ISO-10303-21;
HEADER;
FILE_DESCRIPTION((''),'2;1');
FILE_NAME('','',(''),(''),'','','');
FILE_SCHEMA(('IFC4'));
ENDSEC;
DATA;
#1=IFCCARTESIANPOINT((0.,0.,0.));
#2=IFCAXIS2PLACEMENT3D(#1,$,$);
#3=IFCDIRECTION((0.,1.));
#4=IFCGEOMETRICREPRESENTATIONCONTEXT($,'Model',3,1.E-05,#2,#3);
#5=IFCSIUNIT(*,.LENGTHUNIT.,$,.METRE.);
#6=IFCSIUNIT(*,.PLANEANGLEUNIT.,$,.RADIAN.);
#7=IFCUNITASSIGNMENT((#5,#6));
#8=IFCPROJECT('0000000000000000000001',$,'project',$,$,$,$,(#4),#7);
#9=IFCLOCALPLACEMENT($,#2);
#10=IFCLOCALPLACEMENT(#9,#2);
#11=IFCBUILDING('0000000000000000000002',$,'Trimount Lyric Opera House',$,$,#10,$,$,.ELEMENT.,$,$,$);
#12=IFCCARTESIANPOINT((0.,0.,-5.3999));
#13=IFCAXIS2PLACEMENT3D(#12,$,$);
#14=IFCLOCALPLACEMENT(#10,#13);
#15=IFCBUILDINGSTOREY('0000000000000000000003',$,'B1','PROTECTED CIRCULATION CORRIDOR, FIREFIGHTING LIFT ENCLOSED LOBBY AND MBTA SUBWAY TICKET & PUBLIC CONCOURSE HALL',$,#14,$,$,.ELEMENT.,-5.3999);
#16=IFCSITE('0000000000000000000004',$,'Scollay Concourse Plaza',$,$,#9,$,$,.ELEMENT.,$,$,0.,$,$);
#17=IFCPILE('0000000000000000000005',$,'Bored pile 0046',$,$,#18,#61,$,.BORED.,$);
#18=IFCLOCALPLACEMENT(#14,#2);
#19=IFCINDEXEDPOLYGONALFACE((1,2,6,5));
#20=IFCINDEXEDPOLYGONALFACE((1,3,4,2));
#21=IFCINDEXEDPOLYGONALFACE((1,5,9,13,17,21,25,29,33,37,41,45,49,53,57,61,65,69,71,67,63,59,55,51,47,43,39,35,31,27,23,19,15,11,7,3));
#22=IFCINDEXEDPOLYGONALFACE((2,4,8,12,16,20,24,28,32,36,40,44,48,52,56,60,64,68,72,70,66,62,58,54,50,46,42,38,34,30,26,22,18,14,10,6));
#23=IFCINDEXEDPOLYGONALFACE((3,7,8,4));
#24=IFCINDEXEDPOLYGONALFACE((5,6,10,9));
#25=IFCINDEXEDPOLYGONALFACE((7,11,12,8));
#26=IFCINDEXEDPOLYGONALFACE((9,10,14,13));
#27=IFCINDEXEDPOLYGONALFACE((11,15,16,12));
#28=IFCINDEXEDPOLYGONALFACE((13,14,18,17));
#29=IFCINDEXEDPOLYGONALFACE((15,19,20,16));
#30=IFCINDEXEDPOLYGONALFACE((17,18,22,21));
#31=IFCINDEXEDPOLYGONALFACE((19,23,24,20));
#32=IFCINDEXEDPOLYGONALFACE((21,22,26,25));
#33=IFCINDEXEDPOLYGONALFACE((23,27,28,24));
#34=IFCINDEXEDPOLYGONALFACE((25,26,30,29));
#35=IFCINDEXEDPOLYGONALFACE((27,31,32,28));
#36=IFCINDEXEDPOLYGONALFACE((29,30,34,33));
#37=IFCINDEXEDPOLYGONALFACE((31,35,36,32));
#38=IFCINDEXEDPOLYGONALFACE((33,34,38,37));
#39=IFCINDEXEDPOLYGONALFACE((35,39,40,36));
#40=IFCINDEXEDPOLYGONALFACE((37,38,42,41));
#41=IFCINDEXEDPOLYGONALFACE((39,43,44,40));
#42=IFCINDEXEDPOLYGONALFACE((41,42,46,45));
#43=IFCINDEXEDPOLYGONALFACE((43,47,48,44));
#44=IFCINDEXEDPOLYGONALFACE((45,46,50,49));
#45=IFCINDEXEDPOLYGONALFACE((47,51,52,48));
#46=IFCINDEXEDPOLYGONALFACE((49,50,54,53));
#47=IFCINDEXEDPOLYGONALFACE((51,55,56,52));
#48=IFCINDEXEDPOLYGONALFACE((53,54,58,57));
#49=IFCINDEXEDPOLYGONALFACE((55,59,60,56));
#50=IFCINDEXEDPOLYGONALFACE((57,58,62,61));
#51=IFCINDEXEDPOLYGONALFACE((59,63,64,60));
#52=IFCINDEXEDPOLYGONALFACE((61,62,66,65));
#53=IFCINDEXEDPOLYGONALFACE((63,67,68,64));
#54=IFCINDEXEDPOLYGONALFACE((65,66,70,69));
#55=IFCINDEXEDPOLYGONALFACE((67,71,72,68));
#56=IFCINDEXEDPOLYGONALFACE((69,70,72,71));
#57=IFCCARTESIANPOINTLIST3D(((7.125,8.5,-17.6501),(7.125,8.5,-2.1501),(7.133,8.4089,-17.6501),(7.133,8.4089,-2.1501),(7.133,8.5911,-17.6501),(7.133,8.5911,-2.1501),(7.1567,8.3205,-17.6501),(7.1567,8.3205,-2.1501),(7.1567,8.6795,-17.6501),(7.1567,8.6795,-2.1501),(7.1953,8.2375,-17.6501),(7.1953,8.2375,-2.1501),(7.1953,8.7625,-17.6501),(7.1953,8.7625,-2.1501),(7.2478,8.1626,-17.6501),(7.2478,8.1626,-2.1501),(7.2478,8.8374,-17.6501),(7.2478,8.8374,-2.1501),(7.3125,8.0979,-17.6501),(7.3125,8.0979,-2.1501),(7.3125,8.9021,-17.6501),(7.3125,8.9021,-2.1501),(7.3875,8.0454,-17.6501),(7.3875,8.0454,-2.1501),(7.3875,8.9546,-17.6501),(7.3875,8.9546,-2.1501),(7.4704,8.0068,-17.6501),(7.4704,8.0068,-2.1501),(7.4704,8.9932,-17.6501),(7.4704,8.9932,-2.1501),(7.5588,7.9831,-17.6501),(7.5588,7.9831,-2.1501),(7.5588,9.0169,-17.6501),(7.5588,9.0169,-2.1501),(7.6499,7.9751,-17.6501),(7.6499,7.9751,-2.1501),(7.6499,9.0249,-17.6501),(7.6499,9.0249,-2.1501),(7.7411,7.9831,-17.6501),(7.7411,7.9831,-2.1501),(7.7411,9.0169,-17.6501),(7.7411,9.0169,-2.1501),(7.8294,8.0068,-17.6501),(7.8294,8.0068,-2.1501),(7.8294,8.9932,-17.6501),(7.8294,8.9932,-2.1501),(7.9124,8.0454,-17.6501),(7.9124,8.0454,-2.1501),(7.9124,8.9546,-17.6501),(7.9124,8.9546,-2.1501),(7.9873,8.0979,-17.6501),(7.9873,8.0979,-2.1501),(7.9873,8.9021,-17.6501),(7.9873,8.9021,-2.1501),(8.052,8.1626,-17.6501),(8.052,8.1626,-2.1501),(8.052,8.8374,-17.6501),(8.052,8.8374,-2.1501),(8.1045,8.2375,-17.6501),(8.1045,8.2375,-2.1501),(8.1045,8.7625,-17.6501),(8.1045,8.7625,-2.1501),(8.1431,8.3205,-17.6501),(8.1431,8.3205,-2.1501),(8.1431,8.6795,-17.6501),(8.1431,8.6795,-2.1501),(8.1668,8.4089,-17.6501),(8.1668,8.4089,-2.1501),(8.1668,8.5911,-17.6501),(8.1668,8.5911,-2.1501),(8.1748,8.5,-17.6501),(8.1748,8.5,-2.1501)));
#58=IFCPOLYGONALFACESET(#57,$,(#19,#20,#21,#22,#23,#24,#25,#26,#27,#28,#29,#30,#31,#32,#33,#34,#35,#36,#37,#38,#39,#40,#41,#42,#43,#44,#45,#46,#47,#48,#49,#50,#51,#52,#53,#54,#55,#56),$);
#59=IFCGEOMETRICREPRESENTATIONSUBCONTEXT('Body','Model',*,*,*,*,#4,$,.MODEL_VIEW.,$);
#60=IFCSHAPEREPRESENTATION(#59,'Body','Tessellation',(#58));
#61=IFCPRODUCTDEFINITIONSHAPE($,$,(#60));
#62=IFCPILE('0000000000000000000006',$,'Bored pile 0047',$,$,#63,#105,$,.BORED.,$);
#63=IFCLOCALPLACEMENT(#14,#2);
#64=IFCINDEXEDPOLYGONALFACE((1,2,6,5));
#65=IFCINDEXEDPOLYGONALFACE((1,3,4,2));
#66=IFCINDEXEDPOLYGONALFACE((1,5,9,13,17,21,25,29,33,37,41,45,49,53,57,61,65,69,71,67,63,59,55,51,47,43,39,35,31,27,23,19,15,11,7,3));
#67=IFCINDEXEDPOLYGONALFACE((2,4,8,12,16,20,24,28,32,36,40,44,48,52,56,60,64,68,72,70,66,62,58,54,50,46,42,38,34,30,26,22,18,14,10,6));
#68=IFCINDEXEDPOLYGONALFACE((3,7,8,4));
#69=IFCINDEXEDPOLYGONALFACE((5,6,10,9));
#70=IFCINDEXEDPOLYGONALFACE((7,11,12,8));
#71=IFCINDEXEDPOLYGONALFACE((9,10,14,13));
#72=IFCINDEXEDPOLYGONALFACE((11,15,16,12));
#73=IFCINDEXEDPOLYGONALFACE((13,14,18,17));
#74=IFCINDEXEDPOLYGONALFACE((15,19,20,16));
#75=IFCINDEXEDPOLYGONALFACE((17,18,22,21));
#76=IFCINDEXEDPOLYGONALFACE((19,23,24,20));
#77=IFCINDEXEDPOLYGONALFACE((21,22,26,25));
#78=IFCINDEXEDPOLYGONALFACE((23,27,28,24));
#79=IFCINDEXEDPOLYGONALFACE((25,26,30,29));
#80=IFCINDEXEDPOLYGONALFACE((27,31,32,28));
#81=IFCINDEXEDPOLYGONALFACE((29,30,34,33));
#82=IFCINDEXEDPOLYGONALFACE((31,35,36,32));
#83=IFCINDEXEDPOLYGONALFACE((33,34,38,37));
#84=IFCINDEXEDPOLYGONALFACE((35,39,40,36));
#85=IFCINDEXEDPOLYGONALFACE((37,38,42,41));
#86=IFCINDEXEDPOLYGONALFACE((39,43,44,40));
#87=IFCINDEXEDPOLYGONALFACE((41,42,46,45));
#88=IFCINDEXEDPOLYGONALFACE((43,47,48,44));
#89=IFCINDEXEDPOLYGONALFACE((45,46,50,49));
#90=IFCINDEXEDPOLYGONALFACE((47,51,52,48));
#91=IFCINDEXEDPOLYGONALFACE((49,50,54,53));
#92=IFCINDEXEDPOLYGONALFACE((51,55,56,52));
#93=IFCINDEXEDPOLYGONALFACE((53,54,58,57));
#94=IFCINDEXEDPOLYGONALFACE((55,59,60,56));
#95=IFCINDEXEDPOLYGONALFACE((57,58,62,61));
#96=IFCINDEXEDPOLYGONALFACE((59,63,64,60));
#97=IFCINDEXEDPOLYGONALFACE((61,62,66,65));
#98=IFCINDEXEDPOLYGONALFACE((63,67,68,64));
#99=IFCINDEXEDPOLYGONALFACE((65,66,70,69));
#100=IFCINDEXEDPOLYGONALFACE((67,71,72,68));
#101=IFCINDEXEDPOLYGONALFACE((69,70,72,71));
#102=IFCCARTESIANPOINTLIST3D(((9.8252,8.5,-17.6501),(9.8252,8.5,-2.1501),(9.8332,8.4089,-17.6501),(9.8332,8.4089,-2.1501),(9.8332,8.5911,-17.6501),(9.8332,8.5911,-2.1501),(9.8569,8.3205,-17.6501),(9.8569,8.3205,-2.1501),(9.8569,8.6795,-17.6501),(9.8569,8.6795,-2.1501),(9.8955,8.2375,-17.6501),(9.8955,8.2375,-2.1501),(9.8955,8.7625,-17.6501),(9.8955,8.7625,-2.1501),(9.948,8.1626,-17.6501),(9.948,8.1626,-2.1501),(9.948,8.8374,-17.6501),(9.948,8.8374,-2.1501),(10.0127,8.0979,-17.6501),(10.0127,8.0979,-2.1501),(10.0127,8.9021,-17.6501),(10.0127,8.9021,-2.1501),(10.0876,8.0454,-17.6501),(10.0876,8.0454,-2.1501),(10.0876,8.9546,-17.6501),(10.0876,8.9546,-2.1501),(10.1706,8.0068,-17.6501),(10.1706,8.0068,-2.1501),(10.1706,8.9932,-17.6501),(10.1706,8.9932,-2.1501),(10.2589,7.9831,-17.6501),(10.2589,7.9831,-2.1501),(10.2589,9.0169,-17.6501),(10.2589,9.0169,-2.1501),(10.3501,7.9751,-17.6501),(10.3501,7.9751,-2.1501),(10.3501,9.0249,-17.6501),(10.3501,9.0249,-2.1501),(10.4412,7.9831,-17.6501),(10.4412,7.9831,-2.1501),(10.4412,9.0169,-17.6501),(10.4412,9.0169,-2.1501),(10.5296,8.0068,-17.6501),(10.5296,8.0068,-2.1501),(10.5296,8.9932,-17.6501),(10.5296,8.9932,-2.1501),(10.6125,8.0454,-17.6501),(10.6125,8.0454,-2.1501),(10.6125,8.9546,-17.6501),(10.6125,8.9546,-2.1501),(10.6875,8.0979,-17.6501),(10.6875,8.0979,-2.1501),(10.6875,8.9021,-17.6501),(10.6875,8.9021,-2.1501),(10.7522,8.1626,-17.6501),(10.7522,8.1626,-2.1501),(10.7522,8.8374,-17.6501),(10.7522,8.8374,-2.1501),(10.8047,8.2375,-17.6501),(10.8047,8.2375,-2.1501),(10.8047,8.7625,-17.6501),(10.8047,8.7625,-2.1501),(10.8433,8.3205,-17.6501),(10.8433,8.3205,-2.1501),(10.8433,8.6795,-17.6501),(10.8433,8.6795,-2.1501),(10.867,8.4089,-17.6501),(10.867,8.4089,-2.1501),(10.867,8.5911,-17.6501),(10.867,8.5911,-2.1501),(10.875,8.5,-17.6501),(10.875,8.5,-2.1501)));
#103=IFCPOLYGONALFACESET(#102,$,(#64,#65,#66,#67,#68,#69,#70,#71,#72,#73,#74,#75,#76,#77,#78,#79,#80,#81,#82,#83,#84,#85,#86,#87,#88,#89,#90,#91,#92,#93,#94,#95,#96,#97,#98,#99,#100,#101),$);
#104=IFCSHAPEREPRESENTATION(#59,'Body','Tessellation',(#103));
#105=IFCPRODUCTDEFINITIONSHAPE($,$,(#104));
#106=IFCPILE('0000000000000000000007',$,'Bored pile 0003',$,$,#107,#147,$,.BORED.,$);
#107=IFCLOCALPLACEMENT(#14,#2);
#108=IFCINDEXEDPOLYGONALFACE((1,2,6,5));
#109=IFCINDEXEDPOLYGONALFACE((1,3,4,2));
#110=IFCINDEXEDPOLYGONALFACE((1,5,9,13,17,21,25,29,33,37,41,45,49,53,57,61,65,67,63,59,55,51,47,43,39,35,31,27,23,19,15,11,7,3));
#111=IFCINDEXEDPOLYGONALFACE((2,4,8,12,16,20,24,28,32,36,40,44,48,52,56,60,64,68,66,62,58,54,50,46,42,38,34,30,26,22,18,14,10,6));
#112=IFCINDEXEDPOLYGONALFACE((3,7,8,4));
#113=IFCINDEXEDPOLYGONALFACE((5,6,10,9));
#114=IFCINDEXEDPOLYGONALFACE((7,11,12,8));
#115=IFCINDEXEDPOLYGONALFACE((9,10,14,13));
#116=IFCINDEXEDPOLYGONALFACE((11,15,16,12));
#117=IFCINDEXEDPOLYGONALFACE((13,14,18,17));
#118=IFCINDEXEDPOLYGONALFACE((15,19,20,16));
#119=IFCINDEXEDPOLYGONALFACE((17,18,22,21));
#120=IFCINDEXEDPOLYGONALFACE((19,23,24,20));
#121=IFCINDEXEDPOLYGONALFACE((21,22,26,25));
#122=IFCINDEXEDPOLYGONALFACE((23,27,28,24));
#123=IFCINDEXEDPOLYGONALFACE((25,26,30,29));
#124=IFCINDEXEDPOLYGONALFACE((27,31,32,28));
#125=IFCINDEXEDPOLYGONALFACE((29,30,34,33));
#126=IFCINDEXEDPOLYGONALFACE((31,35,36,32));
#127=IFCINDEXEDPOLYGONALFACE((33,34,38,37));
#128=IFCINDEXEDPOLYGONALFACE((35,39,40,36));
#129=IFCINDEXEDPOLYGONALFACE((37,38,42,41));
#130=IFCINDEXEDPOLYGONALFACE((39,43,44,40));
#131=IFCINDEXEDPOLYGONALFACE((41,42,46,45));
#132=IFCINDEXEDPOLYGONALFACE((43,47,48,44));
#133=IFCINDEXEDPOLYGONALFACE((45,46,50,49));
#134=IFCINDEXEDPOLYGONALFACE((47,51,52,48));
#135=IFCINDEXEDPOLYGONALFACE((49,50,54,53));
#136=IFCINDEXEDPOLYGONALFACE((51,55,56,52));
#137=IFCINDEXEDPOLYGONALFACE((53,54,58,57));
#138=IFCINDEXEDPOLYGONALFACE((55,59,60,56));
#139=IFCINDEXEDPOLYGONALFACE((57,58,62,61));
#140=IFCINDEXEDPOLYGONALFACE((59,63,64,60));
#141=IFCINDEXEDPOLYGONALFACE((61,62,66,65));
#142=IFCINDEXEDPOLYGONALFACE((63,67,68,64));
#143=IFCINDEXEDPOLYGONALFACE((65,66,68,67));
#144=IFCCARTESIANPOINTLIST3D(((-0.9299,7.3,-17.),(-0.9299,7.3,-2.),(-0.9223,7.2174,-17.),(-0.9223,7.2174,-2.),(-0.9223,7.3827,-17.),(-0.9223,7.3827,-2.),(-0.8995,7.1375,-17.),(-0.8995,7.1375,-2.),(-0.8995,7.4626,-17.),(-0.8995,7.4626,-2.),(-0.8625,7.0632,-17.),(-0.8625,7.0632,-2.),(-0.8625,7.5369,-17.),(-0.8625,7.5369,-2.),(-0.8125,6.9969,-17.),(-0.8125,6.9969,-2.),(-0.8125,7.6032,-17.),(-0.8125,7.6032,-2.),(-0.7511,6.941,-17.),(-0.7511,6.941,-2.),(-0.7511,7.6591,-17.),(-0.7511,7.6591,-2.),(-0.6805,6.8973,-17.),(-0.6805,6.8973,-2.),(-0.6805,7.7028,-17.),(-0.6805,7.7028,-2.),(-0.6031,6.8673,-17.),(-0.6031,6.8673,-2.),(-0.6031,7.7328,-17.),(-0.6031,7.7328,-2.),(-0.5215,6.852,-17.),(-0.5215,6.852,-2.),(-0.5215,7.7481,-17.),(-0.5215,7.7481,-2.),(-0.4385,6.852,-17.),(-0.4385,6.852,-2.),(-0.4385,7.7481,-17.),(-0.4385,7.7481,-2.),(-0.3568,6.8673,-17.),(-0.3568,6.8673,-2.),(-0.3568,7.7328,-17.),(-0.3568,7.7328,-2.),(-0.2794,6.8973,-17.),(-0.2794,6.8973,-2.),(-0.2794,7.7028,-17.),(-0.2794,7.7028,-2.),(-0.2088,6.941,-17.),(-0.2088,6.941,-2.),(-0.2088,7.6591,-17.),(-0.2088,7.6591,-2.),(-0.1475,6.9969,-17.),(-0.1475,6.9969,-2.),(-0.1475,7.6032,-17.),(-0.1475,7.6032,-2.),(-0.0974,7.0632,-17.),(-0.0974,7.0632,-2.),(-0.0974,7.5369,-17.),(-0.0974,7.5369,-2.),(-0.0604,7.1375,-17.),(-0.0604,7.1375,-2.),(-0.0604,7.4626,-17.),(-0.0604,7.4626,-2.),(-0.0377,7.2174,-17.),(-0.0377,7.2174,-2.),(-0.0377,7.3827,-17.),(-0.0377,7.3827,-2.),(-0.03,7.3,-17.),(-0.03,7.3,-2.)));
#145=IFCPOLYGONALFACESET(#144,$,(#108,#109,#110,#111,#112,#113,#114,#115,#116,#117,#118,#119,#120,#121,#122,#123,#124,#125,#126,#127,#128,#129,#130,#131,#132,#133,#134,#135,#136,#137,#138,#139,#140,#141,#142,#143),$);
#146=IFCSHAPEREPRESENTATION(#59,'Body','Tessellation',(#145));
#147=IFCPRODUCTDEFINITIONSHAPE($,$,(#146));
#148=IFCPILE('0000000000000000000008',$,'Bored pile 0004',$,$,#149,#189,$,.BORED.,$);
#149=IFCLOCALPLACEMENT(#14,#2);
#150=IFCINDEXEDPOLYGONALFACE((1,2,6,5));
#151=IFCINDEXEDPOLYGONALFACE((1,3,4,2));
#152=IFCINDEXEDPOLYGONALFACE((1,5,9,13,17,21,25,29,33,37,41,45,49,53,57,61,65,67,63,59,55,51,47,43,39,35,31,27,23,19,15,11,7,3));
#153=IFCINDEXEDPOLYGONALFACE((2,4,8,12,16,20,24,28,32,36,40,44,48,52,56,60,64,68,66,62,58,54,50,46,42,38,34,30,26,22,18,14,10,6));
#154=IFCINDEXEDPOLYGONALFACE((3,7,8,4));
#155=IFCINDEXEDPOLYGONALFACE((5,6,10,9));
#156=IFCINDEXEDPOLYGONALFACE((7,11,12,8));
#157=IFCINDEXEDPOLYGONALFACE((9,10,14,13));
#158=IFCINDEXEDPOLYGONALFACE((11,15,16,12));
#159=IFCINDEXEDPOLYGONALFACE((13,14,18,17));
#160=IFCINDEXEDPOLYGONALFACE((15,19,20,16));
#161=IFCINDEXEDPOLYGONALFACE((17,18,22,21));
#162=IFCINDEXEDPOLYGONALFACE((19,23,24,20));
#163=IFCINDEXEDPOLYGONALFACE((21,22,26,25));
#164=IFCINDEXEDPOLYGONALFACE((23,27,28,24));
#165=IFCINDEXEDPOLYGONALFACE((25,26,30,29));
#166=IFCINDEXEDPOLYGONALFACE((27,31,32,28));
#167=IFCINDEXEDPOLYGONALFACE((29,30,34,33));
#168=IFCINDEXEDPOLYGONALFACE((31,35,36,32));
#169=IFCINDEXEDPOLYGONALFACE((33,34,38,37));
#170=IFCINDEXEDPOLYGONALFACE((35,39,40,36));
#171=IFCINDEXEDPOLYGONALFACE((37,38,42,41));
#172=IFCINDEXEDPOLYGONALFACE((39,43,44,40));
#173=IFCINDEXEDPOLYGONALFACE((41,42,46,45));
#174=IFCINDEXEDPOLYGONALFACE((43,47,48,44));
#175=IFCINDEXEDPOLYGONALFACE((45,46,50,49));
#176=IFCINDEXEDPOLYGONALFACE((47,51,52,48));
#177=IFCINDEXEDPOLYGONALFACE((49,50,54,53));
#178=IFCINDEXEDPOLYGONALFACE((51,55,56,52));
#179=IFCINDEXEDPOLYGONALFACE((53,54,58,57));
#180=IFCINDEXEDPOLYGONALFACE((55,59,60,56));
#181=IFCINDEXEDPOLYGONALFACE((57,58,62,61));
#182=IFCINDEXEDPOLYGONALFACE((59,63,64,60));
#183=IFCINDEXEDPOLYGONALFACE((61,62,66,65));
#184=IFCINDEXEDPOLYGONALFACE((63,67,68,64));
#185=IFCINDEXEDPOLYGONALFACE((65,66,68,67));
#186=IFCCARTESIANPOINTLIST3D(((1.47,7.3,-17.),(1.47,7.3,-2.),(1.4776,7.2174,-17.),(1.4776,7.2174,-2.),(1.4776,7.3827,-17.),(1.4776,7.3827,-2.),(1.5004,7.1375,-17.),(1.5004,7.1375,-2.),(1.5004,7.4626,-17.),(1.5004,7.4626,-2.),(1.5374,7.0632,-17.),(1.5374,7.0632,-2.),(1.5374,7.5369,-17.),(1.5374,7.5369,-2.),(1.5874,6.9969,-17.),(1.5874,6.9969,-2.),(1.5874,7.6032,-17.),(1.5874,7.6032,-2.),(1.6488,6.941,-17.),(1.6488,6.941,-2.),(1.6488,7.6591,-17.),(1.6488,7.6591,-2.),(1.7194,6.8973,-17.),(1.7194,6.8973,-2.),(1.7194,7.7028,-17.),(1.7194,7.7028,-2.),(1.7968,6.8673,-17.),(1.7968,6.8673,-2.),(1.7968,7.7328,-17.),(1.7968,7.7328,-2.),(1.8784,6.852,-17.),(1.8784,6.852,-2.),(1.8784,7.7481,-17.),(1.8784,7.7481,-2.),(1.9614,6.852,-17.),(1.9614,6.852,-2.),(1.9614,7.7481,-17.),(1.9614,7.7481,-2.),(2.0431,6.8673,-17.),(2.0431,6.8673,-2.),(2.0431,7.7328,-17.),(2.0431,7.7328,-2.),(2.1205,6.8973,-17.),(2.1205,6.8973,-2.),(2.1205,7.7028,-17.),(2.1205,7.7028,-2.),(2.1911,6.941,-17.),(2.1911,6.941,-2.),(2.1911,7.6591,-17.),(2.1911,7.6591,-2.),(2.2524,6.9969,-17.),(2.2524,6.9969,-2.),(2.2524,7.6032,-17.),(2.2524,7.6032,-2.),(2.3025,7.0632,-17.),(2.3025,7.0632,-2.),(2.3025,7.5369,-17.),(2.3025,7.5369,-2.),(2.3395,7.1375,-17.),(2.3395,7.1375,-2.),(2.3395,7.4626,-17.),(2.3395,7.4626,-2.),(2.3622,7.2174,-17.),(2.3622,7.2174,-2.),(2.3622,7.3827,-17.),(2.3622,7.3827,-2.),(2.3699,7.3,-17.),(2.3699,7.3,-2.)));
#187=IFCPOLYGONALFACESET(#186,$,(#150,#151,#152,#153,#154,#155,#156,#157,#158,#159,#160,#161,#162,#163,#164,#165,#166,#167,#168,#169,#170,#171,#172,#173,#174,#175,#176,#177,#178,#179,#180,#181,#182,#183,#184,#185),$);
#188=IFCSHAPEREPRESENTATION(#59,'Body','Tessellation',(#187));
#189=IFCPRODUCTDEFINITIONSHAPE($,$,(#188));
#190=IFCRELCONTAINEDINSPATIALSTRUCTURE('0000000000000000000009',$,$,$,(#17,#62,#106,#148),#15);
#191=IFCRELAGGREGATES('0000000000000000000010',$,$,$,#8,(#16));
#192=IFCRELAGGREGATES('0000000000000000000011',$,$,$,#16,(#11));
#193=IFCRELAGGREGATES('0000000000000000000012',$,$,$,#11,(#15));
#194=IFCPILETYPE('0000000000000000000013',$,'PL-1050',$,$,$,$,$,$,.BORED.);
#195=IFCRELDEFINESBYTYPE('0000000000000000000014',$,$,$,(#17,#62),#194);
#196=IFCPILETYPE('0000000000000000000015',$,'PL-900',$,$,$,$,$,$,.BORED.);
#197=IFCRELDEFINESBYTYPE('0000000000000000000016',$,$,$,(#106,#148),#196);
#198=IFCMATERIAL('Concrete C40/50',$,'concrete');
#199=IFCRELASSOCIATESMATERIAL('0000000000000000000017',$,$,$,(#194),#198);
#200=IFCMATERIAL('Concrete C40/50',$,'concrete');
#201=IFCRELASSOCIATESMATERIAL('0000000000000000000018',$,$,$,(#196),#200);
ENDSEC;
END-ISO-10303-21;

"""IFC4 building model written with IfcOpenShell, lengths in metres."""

from ifc_helpers import new_model, si_unit, direction, frame, origin, origin_2d, place, context, subcontext, project, spatial, circle, extrude, material, material_profile, profile_set, type_object, element, save


model = new_model("IFC4")

# Units and contexts
model_context = context("Model", 3, precision=1e-05, world=origin(), true_north=direction((0.0, 1.0)))
body_context = subcontext(model_context, "Body", "Model", "MODEL_VIEW")
ifc_project = project(units=[si_unit("LENGTHUNIT", "METRE"), si_unit("PLANEANGLEUNIT", "RADIAN")], contexts=[model_context])

# Site, building, storey
site_placement = place(None, origin())
site = spatial("IfcSite", under=ifc_project, at=site_placement, Name="Scollay Concourse Plaza", CompositionType="ELEMENT", RefElevation=0.0)
building_placement = place(site_placement, origin())
building = spatial("IfcBuilding", under=site, at=building_placement, Name="Trimount Lyric Opera House", CompositionType="ELEMENT")
storey_placement = place(building_placement, frame((0.0, 0.0, -5.3999)))
storey = spatial("IfcBuildingStorey", under=building, at=storey_placement, Name="B1", Description="PROTECTED CIRCULATION CORRIDOR, FIREFIGHTING LIFT ENCLOSED LOBBY AND MBTA SUBWAY TICKET & PUBLIC CONCOURSE HALL", CompositionType="ELEMENT", Elevation=-5.3999)

# Piles
ifc_material_1 = material(Name="Concrete C40/50", Category="concrete")
ifc_material_profile_1 = material_profile(ifc_material_1, circle(Radius=0.5249, at=origin_2d()), Name="PILE-D1050")
ifc_profile_set_1 = profile_set([ifc_material_profile_1], Name="Concrete C40/50")
pile_type_1 = type_object("IfcPileType", Name="PL-1050", PredefinedType="BORED", material=ifc_profile_set_1)
for number, where, z_axis, x_axis, name in (
    (1, (7.6499, 8.5, -2.1501), (0.0, 0.0, -1.0), (1.0, 0.0, 0.0), "Bored pile 0046"),
    (2, (10.3501, 8.5, -2.1501), (0.0, 0.0, -1.0), (1.0, 0.0, 0.0), "Bored pile 0047"),
):
    element("IfcPile", number, at=place(storey_placement, frame(where, z_axis=z_axis, x_axis=x_axis)), inside=storey, type_object=pile_type_1, Name=name, PredefinedType="BORED", context=body_context, shape_type="SweptSolid", body=[
        extrude(circle(Radius=0.5249, at=origin_2d()), origin(), (0.0, 0.0, 1.0), 15.5),
    ])
ifc_material_2 = material(Name="Concrete C40/50", Category="concrete")
ifc_material_profile_2 = material_profile(ifc_material_2, circle(Radius=0.45, at=origin_2d()), Name="PILE-D900")
ifc_profile_set_2 = profile_set([ifc_material_profile_2], Name="Concrete C40/50")
pile_type_2 = type_object("IfcPileType", Name="PL-900", PredefinedType="BORED", material=ifc_profile_set_2)
for number, where, z_axis, x_axis, name in (
    (3, (-0.48, 7.3, -2.0), (0.0, 0.0, -1.0), (1.0, 0.0, 0.0), "Bored pile 0003"),
    (4, (1.9199, 7.3, -2.0), (0.0, 0.0, -1.0), (1.0, 0.0, 0.0), "Bored pile 0004"),
):
    element("IfcPile", number, at=place(storey_placement, frame(where, z_axis=z_axis, x_axis=x_axis)), inside=storey, type_object=pile_type_2, Name=name, PredefinedType="BORED", context=body_context, shape_type="SweptSolid", body=[
        extrude(circle(Radius=0.45, at=origin_2d()), origin(), (0.0, 0.0, 1.0), 15.0),
    ])

save(model, "model.ifc")
